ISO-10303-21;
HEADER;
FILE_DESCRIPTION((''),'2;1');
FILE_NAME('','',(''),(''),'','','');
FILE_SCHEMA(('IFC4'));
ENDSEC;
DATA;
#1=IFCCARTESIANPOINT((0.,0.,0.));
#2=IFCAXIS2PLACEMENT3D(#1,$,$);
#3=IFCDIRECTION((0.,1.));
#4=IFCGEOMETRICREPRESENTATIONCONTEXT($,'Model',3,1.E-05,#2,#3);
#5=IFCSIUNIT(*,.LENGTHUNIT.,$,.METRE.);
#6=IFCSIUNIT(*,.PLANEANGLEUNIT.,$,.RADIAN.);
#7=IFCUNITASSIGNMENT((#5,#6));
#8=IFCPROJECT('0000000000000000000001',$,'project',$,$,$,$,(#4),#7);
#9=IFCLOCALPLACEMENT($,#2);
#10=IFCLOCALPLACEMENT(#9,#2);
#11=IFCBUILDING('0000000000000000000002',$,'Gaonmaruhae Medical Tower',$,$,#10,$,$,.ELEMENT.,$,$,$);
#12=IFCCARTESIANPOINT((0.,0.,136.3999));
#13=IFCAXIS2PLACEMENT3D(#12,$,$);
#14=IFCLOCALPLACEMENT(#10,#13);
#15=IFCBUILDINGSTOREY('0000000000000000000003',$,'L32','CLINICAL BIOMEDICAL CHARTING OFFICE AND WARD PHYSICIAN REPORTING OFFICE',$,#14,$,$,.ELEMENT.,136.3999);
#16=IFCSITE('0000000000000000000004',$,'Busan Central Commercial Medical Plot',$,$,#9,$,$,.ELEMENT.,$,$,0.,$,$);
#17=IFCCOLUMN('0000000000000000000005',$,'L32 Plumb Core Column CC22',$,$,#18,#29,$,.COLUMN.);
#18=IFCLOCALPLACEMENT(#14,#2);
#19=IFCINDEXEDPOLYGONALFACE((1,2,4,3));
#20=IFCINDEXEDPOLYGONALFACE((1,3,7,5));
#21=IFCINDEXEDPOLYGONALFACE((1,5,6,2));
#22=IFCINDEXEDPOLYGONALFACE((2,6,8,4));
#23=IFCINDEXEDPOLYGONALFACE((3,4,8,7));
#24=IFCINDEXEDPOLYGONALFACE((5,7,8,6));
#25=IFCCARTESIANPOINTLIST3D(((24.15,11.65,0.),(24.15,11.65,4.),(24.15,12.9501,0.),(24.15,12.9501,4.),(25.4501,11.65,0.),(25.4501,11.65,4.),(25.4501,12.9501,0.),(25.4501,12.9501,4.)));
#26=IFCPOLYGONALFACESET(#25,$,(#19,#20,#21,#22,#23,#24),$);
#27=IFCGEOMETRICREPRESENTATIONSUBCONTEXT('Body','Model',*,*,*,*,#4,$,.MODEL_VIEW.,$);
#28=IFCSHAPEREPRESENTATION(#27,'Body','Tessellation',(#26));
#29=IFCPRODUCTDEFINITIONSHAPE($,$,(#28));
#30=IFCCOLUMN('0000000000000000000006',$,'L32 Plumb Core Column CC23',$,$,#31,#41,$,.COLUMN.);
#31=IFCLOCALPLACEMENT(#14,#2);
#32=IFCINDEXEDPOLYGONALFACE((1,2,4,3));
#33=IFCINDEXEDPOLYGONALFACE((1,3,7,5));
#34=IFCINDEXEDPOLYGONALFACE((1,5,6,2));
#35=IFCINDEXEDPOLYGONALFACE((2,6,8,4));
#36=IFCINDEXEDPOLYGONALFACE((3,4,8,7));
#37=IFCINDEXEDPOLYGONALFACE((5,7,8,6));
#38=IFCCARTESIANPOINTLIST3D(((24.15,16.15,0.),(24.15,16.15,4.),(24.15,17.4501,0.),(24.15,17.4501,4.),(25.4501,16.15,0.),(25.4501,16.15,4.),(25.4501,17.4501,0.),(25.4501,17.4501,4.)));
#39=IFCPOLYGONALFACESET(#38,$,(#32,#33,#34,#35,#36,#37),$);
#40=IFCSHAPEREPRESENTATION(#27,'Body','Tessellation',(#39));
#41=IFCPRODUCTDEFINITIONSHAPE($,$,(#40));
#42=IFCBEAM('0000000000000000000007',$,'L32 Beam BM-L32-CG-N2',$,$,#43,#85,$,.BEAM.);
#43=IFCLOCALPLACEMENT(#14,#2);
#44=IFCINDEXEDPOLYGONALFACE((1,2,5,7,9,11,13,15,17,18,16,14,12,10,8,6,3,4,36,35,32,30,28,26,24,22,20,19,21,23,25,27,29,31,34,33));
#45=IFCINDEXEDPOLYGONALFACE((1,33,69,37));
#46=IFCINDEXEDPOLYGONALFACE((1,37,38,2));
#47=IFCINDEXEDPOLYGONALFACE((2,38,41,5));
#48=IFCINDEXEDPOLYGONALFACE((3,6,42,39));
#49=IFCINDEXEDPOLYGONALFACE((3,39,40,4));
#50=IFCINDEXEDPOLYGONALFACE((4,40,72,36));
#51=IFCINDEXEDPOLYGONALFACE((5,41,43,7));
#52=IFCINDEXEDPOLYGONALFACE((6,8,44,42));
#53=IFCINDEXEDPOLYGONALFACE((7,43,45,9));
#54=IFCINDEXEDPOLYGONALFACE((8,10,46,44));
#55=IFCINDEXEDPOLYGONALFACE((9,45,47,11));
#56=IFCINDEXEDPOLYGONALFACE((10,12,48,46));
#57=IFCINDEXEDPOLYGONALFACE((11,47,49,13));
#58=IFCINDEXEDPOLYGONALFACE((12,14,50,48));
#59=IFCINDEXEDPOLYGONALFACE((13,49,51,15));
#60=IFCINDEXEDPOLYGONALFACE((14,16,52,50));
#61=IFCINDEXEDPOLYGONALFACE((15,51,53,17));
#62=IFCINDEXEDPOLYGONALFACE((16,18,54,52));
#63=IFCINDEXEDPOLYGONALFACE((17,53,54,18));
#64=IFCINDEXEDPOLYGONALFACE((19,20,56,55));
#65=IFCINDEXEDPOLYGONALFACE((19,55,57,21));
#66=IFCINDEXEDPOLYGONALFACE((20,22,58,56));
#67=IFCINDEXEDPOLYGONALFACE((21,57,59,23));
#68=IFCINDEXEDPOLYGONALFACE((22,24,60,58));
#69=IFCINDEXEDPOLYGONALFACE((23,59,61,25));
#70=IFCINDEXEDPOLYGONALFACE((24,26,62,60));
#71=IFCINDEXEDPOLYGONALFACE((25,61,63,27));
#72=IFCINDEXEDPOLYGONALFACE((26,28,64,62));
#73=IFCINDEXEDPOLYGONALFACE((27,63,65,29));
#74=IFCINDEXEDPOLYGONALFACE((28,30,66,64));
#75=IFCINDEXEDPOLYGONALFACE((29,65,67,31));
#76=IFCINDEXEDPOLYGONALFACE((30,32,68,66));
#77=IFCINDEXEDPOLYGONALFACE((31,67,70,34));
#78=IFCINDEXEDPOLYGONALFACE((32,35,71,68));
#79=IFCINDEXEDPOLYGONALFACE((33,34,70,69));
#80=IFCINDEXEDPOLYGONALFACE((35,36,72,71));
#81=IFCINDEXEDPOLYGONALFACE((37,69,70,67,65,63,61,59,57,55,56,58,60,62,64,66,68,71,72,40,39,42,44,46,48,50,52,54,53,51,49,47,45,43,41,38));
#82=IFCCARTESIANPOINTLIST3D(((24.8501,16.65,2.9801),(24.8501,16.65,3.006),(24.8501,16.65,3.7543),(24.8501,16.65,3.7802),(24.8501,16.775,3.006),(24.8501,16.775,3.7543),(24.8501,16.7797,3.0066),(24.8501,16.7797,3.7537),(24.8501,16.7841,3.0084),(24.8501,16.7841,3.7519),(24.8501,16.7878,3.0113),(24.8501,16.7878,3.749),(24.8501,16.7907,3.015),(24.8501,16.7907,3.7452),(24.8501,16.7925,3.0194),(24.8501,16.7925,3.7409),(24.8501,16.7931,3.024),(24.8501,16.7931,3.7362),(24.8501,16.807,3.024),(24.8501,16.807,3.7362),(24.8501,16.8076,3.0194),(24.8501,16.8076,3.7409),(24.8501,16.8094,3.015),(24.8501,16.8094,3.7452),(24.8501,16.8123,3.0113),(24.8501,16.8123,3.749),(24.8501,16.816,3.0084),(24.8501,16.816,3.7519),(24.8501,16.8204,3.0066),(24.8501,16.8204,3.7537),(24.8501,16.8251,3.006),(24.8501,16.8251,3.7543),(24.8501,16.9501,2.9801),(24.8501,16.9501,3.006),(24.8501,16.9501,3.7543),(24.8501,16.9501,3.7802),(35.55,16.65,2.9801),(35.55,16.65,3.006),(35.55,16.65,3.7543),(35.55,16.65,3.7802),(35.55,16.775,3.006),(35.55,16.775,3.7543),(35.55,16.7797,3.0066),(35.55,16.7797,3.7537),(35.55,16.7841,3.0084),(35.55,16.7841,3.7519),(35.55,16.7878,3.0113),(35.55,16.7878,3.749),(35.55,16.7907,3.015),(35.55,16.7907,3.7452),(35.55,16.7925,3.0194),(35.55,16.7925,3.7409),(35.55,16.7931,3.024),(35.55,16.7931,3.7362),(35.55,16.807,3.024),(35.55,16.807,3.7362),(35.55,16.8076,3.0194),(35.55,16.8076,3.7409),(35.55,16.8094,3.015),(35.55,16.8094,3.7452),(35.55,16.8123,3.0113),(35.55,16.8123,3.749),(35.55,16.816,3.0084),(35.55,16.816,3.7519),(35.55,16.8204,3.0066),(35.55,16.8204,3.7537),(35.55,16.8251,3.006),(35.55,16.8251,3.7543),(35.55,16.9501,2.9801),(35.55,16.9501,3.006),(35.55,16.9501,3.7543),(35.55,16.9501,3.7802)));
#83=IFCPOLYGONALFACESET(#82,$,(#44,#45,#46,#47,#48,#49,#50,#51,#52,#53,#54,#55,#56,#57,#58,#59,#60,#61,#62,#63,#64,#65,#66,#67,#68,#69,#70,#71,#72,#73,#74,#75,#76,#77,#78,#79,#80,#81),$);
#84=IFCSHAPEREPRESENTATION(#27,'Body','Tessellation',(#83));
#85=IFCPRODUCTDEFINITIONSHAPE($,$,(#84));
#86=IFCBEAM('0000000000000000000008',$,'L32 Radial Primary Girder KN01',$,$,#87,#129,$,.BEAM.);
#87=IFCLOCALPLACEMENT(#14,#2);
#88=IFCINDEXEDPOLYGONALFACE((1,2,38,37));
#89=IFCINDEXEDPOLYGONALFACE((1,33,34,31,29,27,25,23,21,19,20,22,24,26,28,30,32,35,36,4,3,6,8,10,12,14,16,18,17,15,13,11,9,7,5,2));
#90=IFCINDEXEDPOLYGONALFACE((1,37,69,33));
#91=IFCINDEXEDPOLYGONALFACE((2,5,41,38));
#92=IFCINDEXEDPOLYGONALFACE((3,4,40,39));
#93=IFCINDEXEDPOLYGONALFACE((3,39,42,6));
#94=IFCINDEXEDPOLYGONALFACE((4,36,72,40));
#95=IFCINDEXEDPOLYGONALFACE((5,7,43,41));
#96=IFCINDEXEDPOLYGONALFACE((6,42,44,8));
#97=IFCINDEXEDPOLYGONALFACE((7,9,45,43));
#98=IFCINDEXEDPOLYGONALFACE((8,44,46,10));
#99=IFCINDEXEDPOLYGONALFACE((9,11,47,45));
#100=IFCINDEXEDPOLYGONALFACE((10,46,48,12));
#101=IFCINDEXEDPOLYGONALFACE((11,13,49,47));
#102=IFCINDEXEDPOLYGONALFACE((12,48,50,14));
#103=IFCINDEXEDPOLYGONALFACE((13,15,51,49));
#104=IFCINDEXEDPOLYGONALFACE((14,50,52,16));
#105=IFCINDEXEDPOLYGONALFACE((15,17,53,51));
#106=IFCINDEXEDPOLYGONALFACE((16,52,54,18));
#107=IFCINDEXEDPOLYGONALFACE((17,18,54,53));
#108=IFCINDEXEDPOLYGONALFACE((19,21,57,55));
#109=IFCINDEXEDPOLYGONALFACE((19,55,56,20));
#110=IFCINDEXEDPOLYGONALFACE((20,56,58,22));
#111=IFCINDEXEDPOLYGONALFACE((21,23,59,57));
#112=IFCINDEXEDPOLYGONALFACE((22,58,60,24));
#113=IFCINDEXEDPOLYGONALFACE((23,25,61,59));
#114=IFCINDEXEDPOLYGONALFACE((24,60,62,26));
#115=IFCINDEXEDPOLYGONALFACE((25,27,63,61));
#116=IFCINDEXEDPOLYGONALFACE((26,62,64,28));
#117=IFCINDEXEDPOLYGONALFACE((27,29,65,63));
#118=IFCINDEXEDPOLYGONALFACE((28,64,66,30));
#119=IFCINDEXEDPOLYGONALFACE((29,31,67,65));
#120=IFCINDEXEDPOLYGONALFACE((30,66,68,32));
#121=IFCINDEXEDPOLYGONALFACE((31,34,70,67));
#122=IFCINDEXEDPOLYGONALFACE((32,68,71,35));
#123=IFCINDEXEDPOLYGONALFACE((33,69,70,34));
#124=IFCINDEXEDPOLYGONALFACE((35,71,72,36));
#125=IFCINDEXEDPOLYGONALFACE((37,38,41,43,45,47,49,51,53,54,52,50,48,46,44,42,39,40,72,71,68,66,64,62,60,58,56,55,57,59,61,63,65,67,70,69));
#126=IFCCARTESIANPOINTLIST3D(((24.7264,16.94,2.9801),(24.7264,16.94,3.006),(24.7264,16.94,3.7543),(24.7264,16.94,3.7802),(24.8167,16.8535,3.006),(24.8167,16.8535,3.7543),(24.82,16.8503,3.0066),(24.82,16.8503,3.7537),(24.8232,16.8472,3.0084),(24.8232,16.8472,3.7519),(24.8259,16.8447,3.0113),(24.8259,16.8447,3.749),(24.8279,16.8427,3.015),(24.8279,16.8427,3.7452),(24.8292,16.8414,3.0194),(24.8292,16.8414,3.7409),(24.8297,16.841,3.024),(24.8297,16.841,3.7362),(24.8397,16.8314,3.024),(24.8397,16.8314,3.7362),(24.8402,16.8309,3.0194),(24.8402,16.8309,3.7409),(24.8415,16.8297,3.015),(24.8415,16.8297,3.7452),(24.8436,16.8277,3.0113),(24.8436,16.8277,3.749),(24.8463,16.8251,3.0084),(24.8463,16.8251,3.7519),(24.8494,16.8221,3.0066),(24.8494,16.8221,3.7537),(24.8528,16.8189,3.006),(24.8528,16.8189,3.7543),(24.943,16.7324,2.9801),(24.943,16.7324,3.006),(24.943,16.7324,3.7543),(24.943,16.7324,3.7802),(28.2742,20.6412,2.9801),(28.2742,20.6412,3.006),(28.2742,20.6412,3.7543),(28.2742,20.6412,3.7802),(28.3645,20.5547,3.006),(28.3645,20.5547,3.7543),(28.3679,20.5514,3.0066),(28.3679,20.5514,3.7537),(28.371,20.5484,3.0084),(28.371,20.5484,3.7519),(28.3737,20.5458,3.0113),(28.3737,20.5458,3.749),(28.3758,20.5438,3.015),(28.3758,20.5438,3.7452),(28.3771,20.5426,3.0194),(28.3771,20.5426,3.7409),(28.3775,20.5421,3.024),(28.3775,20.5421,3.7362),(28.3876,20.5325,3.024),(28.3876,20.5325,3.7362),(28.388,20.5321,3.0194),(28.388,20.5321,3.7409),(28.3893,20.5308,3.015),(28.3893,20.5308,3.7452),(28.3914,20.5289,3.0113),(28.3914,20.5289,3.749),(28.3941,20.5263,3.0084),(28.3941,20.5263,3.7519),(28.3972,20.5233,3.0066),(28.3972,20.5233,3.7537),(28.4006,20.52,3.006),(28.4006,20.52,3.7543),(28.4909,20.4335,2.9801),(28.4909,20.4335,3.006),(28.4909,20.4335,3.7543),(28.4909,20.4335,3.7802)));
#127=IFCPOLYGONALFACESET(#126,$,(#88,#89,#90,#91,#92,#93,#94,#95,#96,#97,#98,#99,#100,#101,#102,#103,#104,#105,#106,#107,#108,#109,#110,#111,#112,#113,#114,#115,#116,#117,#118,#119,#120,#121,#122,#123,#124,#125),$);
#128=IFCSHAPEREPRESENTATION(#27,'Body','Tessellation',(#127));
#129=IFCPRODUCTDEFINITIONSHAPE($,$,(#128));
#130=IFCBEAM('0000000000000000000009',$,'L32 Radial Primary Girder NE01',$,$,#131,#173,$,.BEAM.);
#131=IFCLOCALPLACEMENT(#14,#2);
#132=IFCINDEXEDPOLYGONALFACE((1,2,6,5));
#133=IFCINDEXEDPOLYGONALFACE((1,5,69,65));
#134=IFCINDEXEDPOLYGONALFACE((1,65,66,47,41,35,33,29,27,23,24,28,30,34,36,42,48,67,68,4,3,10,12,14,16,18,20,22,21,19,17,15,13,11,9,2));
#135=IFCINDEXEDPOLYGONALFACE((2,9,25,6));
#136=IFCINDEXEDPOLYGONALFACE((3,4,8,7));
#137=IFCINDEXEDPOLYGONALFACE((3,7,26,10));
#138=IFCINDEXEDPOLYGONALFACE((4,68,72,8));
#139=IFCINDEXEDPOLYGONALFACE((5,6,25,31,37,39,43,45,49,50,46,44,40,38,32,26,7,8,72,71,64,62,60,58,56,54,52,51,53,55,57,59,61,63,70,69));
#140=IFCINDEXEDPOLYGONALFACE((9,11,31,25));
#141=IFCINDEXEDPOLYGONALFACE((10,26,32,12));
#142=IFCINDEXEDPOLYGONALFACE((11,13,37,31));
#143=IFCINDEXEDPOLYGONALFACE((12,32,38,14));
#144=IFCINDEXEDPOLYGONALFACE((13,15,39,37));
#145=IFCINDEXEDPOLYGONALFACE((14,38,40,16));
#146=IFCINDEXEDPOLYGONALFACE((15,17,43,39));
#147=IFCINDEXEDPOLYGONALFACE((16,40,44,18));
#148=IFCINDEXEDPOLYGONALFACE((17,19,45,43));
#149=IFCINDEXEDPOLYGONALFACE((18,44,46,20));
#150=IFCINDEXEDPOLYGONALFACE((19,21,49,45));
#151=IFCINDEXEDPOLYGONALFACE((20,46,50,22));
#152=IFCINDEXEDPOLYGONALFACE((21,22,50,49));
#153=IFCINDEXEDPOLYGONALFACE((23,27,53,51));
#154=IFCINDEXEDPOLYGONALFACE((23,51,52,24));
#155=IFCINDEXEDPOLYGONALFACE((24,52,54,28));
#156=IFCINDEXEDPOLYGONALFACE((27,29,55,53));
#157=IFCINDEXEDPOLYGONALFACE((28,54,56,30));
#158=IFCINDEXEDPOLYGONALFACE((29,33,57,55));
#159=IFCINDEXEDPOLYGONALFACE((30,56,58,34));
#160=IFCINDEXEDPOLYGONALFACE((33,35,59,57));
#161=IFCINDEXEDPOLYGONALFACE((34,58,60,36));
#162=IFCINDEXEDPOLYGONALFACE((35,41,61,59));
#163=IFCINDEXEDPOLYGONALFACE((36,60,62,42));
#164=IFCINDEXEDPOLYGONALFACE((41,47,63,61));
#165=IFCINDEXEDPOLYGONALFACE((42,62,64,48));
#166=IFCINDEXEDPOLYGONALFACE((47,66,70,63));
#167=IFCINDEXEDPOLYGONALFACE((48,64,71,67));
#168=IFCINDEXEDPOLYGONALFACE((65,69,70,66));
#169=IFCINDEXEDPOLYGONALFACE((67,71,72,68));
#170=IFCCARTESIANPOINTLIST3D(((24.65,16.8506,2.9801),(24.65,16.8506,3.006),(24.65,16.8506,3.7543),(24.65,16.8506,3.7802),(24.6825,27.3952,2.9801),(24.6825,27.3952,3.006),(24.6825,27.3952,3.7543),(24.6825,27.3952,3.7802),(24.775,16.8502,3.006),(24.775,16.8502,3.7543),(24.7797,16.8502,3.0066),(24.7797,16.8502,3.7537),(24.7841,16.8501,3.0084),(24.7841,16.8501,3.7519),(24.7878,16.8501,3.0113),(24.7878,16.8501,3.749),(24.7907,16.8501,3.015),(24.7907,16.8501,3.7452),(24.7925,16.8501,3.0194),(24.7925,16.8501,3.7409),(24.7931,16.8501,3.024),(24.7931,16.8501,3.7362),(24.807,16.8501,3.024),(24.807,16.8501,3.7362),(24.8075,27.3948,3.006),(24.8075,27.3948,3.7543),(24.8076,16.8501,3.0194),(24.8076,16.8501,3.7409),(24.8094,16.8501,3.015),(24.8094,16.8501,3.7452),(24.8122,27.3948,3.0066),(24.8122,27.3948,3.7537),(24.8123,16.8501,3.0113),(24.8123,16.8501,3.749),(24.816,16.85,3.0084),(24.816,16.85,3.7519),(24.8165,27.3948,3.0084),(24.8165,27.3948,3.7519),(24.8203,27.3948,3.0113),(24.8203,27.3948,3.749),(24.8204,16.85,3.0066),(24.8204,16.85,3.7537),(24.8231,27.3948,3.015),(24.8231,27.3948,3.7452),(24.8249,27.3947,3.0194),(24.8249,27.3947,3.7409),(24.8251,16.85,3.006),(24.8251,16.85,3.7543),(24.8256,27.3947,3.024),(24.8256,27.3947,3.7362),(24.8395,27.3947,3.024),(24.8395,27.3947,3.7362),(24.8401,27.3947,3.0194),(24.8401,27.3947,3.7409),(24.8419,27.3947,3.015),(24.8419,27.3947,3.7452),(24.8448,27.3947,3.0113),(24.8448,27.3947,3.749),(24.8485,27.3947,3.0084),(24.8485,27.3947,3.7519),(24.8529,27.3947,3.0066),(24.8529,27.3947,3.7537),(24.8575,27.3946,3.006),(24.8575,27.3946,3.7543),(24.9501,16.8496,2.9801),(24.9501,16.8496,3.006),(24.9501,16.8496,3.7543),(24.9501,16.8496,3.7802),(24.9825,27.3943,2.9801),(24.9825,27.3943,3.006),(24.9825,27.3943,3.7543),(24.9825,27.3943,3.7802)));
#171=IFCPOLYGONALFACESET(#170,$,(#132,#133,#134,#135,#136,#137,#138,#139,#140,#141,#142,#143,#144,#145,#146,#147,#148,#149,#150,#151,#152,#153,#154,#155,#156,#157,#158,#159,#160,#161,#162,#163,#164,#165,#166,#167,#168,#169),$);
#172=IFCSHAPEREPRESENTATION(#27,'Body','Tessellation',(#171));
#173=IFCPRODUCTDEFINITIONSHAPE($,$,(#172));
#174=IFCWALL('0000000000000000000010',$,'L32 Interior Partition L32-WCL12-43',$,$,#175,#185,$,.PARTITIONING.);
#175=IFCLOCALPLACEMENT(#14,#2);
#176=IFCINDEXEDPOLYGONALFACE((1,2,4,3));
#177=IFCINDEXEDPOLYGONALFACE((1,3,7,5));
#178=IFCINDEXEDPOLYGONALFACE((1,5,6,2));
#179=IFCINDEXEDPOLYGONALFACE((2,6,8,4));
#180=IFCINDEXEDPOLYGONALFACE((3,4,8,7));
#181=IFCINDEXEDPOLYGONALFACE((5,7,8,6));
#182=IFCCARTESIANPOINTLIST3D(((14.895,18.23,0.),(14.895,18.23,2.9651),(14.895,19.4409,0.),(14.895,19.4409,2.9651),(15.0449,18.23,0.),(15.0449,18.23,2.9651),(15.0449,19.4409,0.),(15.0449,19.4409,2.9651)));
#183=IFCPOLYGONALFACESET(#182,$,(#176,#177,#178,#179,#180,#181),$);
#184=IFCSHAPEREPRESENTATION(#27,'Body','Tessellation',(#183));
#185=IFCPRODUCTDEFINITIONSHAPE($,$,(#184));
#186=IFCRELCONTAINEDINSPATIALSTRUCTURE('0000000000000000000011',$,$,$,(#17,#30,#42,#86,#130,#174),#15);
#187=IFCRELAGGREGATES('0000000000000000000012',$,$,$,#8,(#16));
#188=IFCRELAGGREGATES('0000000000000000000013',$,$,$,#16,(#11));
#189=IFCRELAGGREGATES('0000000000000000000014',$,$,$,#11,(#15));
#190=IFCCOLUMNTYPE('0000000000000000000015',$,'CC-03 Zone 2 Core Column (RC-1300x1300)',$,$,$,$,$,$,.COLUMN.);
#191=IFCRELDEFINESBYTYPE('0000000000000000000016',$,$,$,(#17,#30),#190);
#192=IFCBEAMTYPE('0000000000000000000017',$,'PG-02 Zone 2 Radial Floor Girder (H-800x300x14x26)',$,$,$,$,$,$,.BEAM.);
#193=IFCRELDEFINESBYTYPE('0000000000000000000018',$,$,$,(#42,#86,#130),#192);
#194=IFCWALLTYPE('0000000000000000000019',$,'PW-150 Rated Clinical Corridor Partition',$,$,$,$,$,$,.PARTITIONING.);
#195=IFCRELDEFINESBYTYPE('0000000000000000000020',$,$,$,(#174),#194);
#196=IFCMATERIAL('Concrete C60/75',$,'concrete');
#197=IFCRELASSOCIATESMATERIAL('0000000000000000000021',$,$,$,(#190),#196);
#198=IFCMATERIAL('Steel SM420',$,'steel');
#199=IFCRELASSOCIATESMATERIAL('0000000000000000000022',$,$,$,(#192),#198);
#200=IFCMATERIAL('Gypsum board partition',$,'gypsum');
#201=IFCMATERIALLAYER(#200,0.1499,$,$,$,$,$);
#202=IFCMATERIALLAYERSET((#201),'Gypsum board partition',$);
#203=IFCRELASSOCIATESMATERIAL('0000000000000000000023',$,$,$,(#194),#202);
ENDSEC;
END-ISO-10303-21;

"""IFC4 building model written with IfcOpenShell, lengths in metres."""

from ifc_helpers import new_model, si_unit, direction, frame, frame_2d, origin, origin_2d, place, context, subcontext, project, spatial, rectangle, i_section, extrude, material, layer, layer_set, material_profile, profile_set, type_object, element, save


model = new_model("IFC4")

# Units and contexts
model_context = context("Model", 3, precision=1e-05, world=origin(), true_north=direction((0.0, 1.0)))
body_context = subcontext(model_context, "Body", "Model", "MODEL_VIEW")
ifc_project = project(units=[si_unit("LENGTHUNIT", "METRE"), si_unit("PLANEANGLEUNIT", "RADIAN")], contexts=[model_context])

# Site, building, storey
site_placement = place(None, origin())
site = spatial("IfcSite", under=ifc_project, at=site_placement, Name="Busan Central Commercial Medical Plot", CompositionType="ELEMENT", RefElevation=0.0)
building_placement = place(site_placement, origin())
building = spatial("IfcBuilding", under=site, at=building_placement, Name="Gaonmaruhae Medical Tower", CompositionType="ELEMENT")
storey_placement = place(building_placement, frame((0.0, 0.0, 136.3999)))
storey = spatial("IfcBuildingStorey", under=building, at=storey_placement, Name="L32", Description="CLINICAL BIOMEDICAL CHARTING OFFICE AND WARD PHYSICIAN REPORTING OFFICE", CompositionType="ELEMENT", Elevation=136.3999)

# Columns
ifc_material_1 = material(Name="Concrete C60/75", Category="concrete")
ifc_material_profile_1 = material_profile(ifc_material_1, rectangle(XDim=1.3, YDim=1.3, at=origin_2d()), Name="RC-1300x1300")
ifc_profile_set_1 = profile_set([ifc_material_profile_1], Name="Concrete C60/75")
column_type = type_object("IfcColumnType", Name="CC-03 Zone 2 Core Column (RC-1300x1300)", PredefinedType="COLUMN", material=ifc_profile_set_1)
for number, where, z_axis, x_axis, name in (
    (1, (24.8, 12.3, 0.0), (0.0, 0.0, 1.0), (1.0, 0.0, 0.0), "L32 Plumb Core Column CC22"),
    (2, (24.8, 16.8, 0.0), (0.0, 0.0, 1.0), (1.0, 0.0, 0.0), "L32 Plumb Core Column CC23"),
):
    element("IfcColumn", number, at=place(storey_placement, frame(where, z_axis=z_axis, x_axis=x_axis)), inside=storey, type_object=column_type, Name=name, PredefinedType="COLUMN", context=body_context, shape_type="SweptSolid", body=[
        extrude(rectangle(XDim=1.3, YDim=1.3, at=origin_2d()), origin(), (0.0, 0.0, 1.0), 4.0),
    ])

# Beams
ifc_material_2 = material(Name="Steel SM420", Category="steel")
ifc_material_profile_2 = material_profile(ifc_material_2, i_section(OverallWidth=0.3, OverallDepth=0.8, WebThickness=0.0139, FlangeThickness=0.0259, FilletRadius=0.0181, at=origin_2d()), Name="H-800x300x14x26")
ifc_profile_set_2 = profile_set([ifc_material_profile_2], Name="Steel SM420")
beam_type = type_object("IfcBeamType", Name="PG-02 Zone 2 Radial Floor Girder (H-800x300x14x26)", PredefinedType="BEAM", material=ifc_profile_set_2)
beam_1_placement = place(storey_placement, frame((24.8501, 16.8, 3.3801), z_axis=(1.0, 0.0, 0.0), x_axis=(0.0, 1.0, 0.0)))
element("IfcBeam", 3, at=beam_1_placement, inside=storey, type_object=beam_type, Name="L32 Beam BM-L32-CG-N2", PredefinedType="BEAM", context=body_context, shape_type="SweptSolid", body=[
    extrude(i_section(OverallWidth=0.3, OverallDepth=0.8, WebThickness=0.0139, FlangeThickness=0.0259, FilletRadius=0.0181, at=origin_2d()), origin(), (0.0, 0.0, 1.0), 10.7),
])
beam_2_placement = place(storey_placement, frame((24.8347, 16.8362, 3.3801), z_axis=(0.691996, 0.721901, 0.0), x_axis=(-0.721901, 0.691996, 0.0)))
element("IfcBeam", 4, at=beam_2_placement, inside=storey, type_object=beam_type, Name="L32 Radial Primary Girder KN01", PredefinedType="BEAM", context=body_context, shape_type="SweptSolid", body=[
    extrude(i_section(OverallWidth=0.3, OverallDepth=0.8, WebThickness=0.0139, FlangeThickness=0.0259, FilletRadius=0.0181, at=origin_2d()), origin(), (0.0, 0.0, 1.0), 5.127),
])
beam_3_placement = place(storey_placement, frame((24.8, 16.8501, 3.3801), z_axis=(0.003079, 0.999995, 0.0), x_axis=(-0.999995, 0.003079, 0.0)))
element("IfcBeam", 5, at=beam_3_placement, inside=storey, type_object=beam_type, Name="L32 Radial Primary Girder NE01", PredefinedType="BEAM", context=body_context, shape_type="SweptSolid", body=[
    extrude(i_section(OverallWidth=0.3, OverallDepth=0.8, WebThickness=0.0139, FlangeThickness=0.0259, FilletRadius=0.0181, at=origin_2d()), origin(), (0.0, 0.0, 1.0), 10.5447),
])

# Wall
ifc_material_3 = material(Name="Gypsum board partition", Category="gypsum")
ifc_layer_1 = layer(ifc_material_3, 0.1499)
ifc_layer_set_1 = layer_set([ifc_layer_1], Name="Gypsum board partition")
wall_type_1 = type_object("IfcWallType", Name="PW-150 Rated Clinical Corridor Partition", PredefinedType="PARTITIONING", material=ifc_layer_set_1)
wall_1_placement = place(storey_placement, frame((14.97, 19.4409, 0.0), z_axis=(0.0, 0.0, 1.0), x_axis=(0.0, -1.0, 0.0)))
element("IfcWall", 6, at=wall_1_placement, inside=storey, type_object=wall_type_1, Name="L32 Interior Partition L32-WCL12-43", PredefinedType="PARTITIONING", context=body_context, shape_type="SweptSolid", body=[
    extrude(rectangle(XDim=1.2109, YDim=0.1499, at=frame_2d((0.6055, 0.0))), origin(), (0.0, 0.0, 1.0), 2.9651),
])

save(model, "model.ifc")
